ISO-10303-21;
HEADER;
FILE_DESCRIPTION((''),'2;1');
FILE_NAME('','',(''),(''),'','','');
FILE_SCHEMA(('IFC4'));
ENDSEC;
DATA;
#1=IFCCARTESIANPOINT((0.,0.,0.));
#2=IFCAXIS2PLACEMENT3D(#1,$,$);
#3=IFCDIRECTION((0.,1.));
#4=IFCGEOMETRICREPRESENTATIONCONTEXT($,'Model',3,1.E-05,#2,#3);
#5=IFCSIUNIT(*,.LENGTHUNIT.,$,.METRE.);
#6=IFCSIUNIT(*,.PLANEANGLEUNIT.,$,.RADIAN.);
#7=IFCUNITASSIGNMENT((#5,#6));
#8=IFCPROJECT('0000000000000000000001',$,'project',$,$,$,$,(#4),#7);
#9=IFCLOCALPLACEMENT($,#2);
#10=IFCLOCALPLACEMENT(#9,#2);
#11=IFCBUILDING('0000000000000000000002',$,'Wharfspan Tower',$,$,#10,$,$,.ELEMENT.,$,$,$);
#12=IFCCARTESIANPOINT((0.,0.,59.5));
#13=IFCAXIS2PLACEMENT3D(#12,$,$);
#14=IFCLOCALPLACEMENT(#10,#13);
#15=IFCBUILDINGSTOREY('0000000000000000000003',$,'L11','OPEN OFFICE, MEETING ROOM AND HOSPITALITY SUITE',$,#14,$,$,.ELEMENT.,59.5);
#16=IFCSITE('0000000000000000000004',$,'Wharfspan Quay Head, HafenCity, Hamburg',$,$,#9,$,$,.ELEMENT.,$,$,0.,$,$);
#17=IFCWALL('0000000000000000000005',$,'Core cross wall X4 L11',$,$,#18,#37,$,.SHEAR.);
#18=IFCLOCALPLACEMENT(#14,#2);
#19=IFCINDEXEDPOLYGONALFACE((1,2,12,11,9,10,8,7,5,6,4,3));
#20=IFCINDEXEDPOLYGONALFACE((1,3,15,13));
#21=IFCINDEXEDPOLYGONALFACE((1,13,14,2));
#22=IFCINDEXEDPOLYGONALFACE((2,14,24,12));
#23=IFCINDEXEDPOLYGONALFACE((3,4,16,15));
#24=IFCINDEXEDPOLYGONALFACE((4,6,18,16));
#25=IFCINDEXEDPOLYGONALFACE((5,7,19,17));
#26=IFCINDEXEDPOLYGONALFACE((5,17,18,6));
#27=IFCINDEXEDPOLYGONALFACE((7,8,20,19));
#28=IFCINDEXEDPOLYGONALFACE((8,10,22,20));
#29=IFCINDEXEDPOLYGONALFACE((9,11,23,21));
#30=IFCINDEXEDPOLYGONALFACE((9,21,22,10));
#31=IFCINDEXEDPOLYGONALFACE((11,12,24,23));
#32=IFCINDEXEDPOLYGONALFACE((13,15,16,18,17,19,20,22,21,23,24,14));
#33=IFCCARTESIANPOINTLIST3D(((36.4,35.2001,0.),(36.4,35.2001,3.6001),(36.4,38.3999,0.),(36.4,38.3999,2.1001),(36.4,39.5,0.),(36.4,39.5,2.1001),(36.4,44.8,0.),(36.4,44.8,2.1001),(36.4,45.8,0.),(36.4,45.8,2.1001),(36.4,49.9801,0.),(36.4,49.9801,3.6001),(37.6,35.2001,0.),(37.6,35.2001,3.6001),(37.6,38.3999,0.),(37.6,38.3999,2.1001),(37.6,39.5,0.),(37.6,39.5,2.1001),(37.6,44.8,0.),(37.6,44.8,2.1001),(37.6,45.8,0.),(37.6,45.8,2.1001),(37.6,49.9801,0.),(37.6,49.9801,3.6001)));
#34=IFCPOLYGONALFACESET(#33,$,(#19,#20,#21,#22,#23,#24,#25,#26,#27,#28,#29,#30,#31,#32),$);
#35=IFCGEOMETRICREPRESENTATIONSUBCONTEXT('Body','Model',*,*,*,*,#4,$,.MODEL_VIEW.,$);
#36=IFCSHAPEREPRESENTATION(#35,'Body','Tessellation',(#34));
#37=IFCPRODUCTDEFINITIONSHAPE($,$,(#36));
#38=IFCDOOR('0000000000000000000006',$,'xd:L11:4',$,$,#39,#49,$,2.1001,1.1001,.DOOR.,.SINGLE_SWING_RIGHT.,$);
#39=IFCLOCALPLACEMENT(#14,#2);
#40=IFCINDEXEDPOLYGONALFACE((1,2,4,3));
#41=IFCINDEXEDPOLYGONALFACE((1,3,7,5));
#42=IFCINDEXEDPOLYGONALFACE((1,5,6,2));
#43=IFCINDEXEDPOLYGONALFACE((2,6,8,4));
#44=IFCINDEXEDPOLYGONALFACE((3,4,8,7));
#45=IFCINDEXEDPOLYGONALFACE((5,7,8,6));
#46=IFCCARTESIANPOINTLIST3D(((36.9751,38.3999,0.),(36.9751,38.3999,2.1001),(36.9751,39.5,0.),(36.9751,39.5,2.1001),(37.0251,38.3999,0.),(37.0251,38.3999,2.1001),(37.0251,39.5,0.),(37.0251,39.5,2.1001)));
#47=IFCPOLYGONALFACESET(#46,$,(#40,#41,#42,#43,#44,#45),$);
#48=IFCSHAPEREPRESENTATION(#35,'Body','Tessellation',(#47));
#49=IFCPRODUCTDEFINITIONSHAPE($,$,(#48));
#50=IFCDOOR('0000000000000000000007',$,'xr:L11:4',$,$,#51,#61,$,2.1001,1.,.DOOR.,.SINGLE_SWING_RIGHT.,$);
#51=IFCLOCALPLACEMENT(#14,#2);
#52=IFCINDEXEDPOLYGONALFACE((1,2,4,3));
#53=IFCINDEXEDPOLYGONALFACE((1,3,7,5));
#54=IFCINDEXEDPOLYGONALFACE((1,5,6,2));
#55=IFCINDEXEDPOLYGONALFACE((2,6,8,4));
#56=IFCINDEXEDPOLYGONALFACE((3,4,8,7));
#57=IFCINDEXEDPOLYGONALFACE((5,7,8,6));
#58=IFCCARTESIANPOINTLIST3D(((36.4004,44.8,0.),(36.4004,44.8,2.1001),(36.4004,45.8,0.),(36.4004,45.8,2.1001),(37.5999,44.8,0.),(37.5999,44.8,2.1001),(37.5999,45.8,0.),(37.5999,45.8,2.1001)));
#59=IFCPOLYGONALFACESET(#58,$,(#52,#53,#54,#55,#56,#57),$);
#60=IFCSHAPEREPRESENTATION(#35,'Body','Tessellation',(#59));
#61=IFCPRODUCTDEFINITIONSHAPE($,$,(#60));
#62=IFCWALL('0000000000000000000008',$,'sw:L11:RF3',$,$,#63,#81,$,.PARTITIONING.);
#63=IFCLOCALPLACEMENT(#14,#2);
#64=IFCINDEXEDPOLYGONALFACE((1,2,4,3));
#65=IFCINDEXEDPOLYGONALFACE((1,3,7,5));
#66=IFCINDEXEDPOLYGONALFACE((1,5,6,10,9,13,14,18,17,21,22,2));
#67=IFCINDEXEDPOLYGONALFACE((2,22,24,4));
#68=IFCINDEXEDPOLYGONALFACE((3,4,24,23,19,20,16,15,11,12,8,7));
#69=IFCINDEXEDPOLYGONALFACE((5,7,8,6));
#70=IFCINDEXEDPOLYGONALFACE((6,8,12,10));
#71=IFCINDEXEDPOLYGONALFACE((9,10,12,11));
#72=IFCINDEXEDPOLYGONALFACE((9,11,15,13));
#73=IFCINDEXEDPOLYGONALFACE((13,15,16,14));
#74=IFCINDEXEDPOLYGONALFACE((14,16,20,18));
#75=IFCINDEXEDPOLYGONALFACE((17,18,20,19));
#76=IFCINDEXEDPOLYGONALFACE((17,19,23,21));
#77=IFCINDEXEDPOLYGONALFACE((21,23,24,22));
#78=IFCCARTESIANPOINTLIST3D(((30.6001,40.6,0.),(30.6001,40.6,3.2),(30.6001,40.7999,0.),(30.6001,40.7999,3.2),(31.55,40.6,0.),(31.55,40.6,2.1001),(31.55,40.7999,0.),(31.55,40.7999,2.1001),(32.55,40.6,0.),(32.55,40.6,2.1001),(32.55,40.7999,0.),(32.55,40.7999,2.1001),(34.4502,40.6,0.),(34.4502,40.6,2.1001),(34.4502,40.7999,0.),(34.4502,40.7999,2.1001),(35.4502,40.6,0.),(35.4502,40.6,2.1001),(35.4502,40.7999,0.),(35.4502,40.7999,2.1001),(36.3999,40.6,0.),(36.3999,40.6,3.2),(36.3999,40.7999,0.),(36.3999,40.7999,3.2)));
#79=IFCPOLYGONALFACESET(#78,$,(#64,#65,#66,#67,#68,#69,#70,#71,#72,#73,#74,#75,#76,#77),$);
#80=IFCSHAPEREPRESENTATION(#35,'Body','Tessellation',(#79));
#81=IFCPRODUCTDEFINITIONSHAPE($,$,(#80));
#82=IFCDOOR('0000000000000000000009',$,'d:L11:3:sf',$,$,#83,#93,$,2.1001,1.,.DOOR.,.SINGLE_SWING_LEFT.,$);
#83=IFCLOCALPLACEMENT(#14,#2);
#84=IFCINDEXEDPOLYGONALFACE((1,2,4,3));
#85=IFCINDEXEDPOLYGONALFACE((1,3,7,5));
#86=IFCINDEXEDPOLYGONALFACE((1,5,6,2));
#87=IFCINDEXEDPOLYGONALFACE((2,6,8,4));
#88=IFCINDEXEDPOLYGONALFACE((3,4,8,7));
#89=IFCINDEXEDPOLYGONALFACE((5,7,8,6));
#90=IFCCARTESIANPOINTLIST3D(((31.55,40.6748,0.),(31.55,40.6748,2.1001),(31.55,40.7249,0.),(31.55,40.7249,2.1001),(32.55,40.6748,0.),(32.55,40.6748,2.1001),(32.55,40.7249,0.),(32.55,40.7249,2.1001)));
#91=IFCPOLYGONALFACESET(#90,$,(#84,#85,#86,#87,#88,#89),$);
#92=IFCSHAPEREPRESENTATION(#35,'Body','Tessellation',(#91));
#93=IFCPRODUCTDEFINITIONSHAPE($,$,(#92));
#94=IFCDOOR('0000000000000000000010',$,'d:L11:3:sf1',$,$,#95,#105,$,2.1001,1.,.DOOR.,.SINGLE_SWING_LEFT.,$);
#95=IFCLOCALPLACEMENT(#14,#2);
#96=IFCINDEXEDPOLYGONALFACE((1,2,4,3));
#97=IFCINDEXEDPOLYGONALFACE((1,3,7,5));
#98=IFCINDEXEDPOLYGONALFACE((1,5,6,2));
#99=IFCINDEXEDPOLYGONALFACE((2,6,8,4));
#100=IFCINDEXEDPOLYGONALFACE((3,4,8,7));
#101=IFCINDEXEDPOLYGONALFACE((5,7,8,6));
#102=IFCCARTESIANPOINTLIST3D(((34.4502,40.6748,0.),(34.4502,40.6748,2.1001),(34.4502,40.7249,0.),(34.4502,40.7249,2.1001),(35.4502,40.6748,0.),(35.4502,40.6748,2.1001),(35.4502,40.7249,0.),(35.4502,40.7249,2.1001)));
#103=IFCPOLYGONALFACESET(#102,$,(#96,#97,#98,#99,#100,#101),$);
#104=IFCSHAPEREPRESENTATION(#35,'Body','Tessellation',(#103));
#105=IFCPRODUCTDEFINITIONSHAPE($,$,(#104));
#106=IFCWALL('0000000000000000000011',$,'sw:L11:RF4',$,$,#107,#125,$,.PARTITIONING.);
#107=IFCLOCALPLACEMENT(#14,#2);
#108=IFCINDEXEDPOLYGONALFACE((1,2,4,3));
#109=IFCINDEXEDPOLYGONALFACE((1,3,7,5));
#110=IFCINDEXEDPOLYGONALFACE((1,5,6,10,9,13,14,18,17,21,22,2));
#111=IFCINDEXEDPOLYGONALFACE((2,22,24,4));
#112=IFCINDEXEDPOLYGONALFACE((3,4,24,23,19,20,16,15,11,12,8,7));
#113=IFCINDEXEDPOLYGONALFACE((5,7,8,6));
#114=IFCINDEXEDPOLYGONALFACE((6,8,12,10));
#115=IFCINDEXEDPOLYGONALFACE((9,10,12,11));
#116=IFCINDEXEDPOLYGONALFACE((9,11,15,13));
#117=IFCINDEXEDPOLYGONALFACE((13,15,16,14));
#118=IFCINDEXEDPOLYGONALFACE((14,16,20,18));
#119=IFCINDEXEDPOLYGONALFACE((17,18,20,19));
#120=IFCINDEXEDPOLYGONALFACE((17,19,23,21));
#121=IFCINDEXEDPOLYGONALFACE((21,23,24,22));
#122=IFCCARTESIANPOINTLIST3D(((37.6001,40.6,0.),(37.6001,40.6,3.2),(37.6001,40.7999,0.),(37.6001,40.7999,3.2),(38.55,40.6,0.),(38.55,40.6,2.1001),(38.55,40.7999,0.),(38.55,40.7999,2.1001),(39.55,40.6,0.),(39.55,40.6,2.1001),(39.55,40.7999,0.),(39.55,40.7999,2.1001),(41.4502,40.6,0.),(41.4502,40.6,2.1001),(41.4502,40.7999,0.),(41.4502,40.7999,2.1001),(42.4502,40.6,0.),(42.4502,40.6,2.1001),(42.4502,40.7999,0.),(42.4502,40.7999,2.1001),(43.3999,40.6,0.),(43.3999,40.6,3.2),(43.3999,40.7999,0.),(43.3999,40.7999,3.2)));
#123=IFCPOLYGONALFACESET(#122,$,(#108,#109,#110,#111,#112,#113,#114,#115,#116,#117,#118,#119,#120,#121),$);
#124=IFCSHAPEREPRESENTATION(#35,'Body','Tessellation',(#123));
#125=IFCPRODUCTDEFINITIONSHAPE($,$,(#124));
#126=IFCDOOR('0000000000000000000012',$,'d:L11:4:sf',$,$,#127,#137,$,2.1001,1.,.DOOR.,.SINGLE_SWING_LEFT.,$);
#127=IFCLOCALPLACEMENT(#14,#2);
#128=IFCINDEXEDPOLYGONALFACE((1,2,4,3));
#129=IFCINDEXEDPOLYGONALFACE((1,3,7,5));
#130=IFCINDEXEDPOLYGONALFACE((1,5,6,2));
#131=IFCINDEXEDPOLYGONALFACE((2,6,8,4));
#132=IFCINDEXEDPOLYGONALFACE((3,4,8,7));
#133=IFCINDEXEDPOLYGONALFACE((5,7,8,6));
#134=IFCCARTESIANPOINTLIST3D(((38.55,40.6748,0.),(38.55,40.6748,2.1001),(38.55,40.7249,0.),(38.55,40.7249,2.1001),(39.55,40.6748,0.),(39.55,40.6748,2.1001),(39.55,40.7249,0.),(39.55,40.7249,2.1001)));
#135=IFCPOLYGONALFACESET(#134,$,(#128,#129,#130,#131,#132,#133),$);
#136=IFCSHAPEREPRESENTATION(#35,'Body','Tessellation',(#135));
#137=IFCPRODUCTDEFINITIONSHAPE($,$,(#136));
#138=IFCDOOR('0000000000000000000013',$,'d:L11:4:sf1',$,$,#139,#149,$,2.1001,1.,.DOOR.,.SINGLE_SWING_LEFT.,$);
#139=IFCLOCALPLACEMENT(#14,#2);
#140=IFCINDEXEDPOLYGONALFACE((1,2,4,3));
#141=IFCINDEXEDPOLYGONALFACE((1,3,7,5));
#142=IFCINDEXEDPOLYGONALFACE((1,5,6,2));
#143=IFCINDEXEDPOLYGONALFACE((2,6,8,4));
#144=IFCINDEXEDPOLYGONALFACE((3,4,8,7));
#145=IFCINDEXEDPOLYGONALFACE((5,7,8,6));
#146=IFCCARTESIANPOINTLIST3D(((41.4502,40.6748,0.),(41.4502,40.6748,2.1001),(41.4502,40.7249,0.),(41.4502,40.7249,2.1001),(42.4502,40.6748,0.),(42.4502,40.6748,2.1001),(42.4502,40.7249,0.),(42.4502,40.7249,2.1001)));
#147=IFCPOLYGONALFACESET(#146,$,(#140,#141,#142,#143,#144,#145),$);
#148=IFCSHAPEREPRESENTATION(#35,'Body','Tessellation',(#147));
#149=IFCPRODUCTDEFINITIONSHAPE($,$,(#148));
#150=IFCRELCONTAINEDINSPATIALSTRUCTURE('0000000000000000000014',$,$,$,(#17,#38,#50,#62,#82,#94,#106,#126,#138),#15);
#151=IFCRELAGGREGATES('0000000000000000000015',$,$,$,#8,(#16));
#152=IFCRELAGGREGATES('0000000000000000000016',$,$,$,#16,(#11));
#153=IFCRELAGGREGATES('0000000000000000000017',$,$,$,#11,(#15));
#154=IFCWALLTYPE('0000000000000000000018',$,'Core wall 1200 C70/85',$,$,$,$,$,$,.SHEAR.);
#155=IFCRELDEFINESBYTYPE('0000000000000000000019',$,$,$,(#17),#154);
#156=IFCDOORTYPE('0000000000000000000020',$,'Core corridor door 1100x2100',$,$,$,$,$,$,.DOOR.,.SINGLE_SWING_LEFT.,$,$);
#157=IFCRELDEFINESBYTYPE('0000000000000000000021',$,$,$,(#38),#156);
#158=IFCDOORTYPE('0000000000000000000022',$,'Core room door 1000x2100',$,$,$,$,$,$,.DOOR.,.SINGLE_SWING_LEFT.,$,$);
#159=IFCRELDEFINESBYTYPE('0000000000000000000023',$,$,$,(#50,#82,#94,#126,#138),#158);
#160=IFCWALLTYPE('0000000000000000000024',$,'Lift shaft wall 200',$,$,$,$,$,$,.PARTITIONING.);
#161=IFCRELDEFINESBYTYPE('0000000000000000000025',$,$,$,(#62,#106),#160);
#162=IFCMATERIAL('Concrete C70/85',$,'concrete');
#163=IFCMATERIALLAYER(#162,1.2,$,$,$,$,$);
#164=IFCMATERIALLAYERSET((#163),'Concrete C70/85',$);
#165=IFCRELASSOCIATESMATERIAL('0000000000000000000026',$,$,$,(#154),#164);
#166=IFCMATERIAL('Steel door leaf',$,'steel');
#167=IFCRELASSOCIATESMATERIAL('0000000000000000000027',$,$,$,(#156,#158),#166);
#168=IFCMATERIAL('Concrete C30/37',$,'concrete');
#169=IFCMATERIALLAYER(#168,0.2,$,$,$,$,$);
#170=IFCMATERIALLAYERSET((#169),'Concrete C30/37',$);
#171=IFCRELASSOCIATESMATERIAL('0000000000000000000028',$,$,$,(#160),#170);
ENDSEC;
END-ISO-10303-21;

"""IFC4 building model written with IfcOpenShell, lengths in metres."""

from ifc_helpers import new_model, si_unit, direction, frame, frame_2d, origin, place, context, subcontext, project, spatial, rectangle, extrude, material, layer, layer_set, type_object, element, fill, save


model = new_model("IFC4")

# Units and contexts
model_context = context("Model", 3, precision=1e-05, world=origin(), true_north=direction((0.0, 1.0)))
body_context = subcontext(model_context, "Body", "Model", "MODEL_VIEW")
ifc_project = project(units=[si_unit("LENGTHUNIT", "METRE"), si_unit("PLANEANGLEUNIT", "RADIAN")], contexts=[model_context])

# Site, building, storey
site_placement = place(None, origin())
site = spatial("IfcSite", under=ifc_project, at=site_placement, Name="Wharfspan Quay Head, HafenCity, Hamburg", CompositionType="ELEMENT", RefElevation=0.0)
building_placement = place(site_placement, origin())
building = spatial("IfcBuilding", under=site, at=building_placement, Name="Wharfspan Tower", CompositionType="ELEMENT")
storey_placement = place(building_placement, frame((0.0, 0.0, 59.5)))
storey = spatial("IfcBuildingStorey", under=building, at=storey_placement, Name="L11", Description="OPEN OFFICE, MEETING ROOM AND HOSPITALITY SUITE", CompositionType="ELEMENT", Elevation=59.5)

# Walls, openings, doors
ifc_material_1 = material(Name="Concrete C70/85", Category="concrete")
ifc_layer_1 = layer(ifc_material_1, 1.2)
ifc_layer_set_1 = layer_set([ifc_layer_1], Name="Concrete C70/85")
wall_type_1 = type_object("IfcWallType", Name="Core wall 1200 C70/85", PredefinedType="SHEAR", material=ifc_layer_set_1)
wall_1_placement = place(storey_placement, frame((37.0, 35.2, 0.0), z_axis=(0.0, 0.0, 1.0), x_axis=(0.0, 1.0, 0.0)))
wall_1 = element("IfcWall", 1, at=wall_1_placement, inside=storey, type_object=wall_type_1, Name="Core cross wall X4 L11", PredefinedType="SHEAR", context=body_context, shape_type="SweptSolid", body=[
    extrude(rectangle(XDim=14.78, YDim=1.2, at=frame_2d((7.3901, 0.0))), origin(), (0.0, 0.0, 1.0), 3.6001),
])
opening_1_placement = place(wall_1_placement, frame((3.2, 0.0, 0.0)))
opening_1 = element("IfcOpeningElement", 2, at=opening_1_placement, cuts=wall_1, PredefinedType="OPENING", context=body_context, shape_type="SweptSolid", body=[
    extrude(rectangle(XDim=1.1001, YDim=2.1001, at=frame_2d((0.55, 1.05))), frame((0.0, 0.6099, 0.0), z_axis=(0.0, -1.0, 0.0), x_axis=(1.0, 0.0, 0.0)), (0.0, 0.0, 1.0), 1.22),
])
opening_2_placement = place(wall_1_placement, frame((9.6001, 0.0, 0.0)))
opening_2 = element("IfcOpeningElement", 3, at=opening_2_placement, cuts=wall_1, PredefinedType="OPENING", context=body_context, shape_type="SweptSolid", body=[
    extrude(rectangle(XDim=1.0, YDim=2.1001, at=frame_2d((0.5, 1.05))), frame((0.0, 0.6099, 0.0), z_axis=(0.0, -1.0, 0.0), x_axis=(1.0, 0.0, 0.0)), (0.0, 0.0, 1.0), 1.22),
])
ifc_material_2 = material(Name="Steel door leaf", Category="steel")
door_type_1 = type_object("IfcDoorType", Name="Core corridor door 1100x2100", OperationType="SINGLE_SWING_LEFT", PredefinedType="DOOR", material=ifc_material_2)
door_1_placement = place(opening_1_placement, origin())
door_1 = element("IfcDoor", 4, at=door_1_placement, inside=storey, type_object=door_type_1, Name="xd:L11:4", OperationType="SINGLE_SWING_RIGHT", OverallHeight=2.1001, OverallWidth=1.1001, PredefinedType="DOOR", context=body_context, shape_type="SweptSolid", body=[
    extrude(rectangle(XDim=1.1001, YDim=2.1001, at=frame_2d((0.55, 1.05))), frame((0.0, 0.0249, 0.0), z_axis=(0.0, -1.0, 0.0), x_axis=(1.0, 0.0, 0.0)), (0.0, 0.0, 1.0), 0.05),
])
fill(opening_1, door_1)
door_type_2 = type_object("IfcDoorType", Name="Core room door 1000x2100", OperationType="SINGLE_SWING_LEFT", PredefinedType="DOOR", material=ifc_material_2)
door_2_placement = place(opening_2_placement, origin())
door_2 = element("IfcDoor", 5, at=door_2_placement, inside=storey, type_object=door_type_2, Name="xr:L11:4", OperationType="SINGLE_SWING_RIGHT", OverallHeight=2.1001, OverallWidth=1.0, PredefinedType="DOOR", context=body_context, shape_type="SweptSolid", body=[
    extrude(rectangle(XDim=1.0, YDim=2.1001, at=frame_2d((0.5, 1.05))), frame((0.0, 0.5996, 0.0), z_axis=(0.0, -1.0, 0.0), x_axis=(1.0, 0.0, 0.0)), (0.0, 0.0, 1.0), 1.1995),
])
fill(opening_2, door_2)
ifc_material_3 = material(Name="Concrete C30/37", Category="concrete")
ifc_layer_2 = layer(ifc_material_3, 0.2)
ifc_layer_set_2 = layer_set([ifc_layer_2], Name="Concrete C30/37")
wall_type_2 = type_object("IfcWallType", Name="Lift shaft wall 200", PredefinedType="PARTITIONING", material=ifc_layer_set_2)
wall_2_placement = place(storey_placement, frame((30.6001, 40.7, 0.0), z_axis=(0.0, 0.0, 1.0), x_axis=(1.0, 0.0, 0.0)))
wall_2 = element("IfcWall", 6, at=wall_2_placement, inside=storey, type_object=wall_type_2, Name="sw:L11:RF3", PredefinedType="PARTITIONING", context=body_context, shape_type="SweptSolid", body=[
    extrude(rectangle(XDim=5.7998, YDim=0.2, at=frame_2d((2.8999, 0.0))), origin(), (0.0, 0.0, 1.0), 3.2),
])
opening_3_placement = place(wall_2_placement, frame((0.95, 0.0, 0.0)))
opening_3 = element("IfcOpeningElement", 7, at=opening_3_placement, cuts=wall_2, PredefinedType="OPENING", context=body_context, shape_type="SweptSolid", body=[
    extrude(rectangle(XDim=1.0, YDim=2.1001, at=frame_2d((0.5, 1.05))), frame((0.0, 0.1099, 0.0), z_axis=(0.0, -1.0, 0.0), x_axis=(1.0, 0.0, 0.0)), (0.0, 0.0, 1.0), 0.22),
])
opening_4_placement = place(wall_2_placement, frame((3.8501, 0.0, 0.0)))
opening_4 = element("IfcOpeningElement", 8, at=opening_4_placement, cuts=wall_2, PredefinedType="OPENING", context=body_context, shape_type="SweptSolid", body=[
    extrude(rectangle(XDim=1.0, YDim=2.1001, at=frame_2d((0.5, 1.05))), frame((0.0, 0.1099, 0.0), z_axis=(0.0, -1.0, 0.0), x_axis=(1.0, 0.0, 0.0)), (0.0, 0.0, 1.0), 0.22),
])
door_3_placement = place(opening_3_placement, origin())
door_3 = element("IfcDoor", 9, at=door_3_placement, inside=storey, type_object=door_type_2, Name="d:L11:3:sf", OperationType="SINGLE_SWING_LEFT", OverallHeight=2.1001, OverallWidth=1.0, PredefinedType="DOOR", context=body_context, shape_type="SweptSolid", body=[
    extrude(rectangle(XDim=1.0, YDim=2.1001, at=frame_2d((0.5, 1.05))), frame((0.0, 0.0249, 0.0), z_axis=(0.0, -1.0, 0.0), x_axis=(1.0, 0.0, 0.0)), (0.0, 0.0, 1.0), 0.05),
])
fill(opening_3, door_3)
door_4_placement = place(opening_4_placement, origin())
door_4 = element("IfcDoor", 10, at=door_4_placement, inside=storey, type_object=door_type_2, Name="d:L11:3:sf1", OperationType="SINGLE_SWING_LEFT", OverallHeight=2.1001, OverallWidth=1.0, PredefinedType="DOOR", context=body_context, shape_type="SweptSolid", body=[
    extrude(rectangle(XDim=1.0, YDim=2.1001, at=frame_2d((0.5, 1.05))), frame((0.0, 0.0249, 0.0), z_axis=(0.0, -1.0, 0.0), x_axis=(1.0, 0.0, 0.0)), (0.0, 0.0, 1.0), 0.05),
])
fill(opening_4, door_4)
wall_3_placement = place(storey_placement, frame((37.6001, 40.7, 0.0), z_axis=(0.0, 0.0, 1.0), x_axis=(1.0, 0.0, 0.0)))
wall_3 = element("IfcWall", 11, at=wall_3_placement, inside=storey, type_object=wall_type_2, Name="sw:L11:RF4", PredefinedType="PARTITIONING", context=body_context, shape_type="SweptSolid", body=[
    extrude(rectangle(XDim=5.7998, YDim=0.2, at=frame_2d((2.8999, 0.0))), origin(), (0.0, 0.0, 1.0), 3.2),
])
opening_5_placement = place(wall_3_placement, frame((0.95, 0.0, 0.0)))
opening_5 = element("IfcOpeningElement", 12, at=opening_5_placement, cuts=wall_3, PredefinedType="OPENING", context=body_context, shape_type="SweptSolid", body=[
    extrude(rectangle(XDim=1.0, YDim=2.1001, at=frame_2d((0.5, 1.05))), frame((0.0, 0.1099, 0.0), z_axis=(0.0, -1.0, 0.0), x_axis=(1.0, 0.0, 0.0)), (0.0, 0.0, 1.0), 0.22),
])
opening_6_placement = place(wall_3_placement, frame((3.8501, 0.0, 0.0)))
opening_6 = element("IfcOpeningElement", 13, at=opening_6_placement, cuts=wall_3, PredefinedType="OPENING", context=body_context, shape_type="SweptSolid", body=[
    extrude(rectangle(XDim=1.0, YDim=2.1001, at=frame_2d((0.5, 1.05))), frame((0.0, 0.1099, 0.0), z_axis=(0.0, -1.0, 0.0), x_axis=(1.0, 0.0, 0.0)), (0.0, 0.0, 1.0), 0.22),
])
door_5_placement = place(opening_5_placement, origin())
door_5 = element("IfcDoor", 14, at=door_5_placement, inside=storey, type_object=door_type_2, Name="d:L11:4:sf", OperationType="SINGLE_SWING_LEFT", OverallHeight=2.1001, OverallWidth=1.0, PredefinedType="DOOR", context=body_context, shape_type="SweptSolid", body=[
    extrude(rectangle(XDim=1.0, YDim=2.1001, at=frame_2d((0.5, 1.05))), frame((0.0, 0.0249, 0.0), z_axis=(0.0, -1.0, 0.0), x_axis=(1.0, 0.0, 0.0)), (0.0, 0.0, 1.0), 0.05),
])
fill(opening_5, door_5)
door_6_placement = place(opening_6_placement, origin())
door_6 = element("IfcDoor", 15, at=door_6_placement, inside=storey, type_object=door_type_2, Name="d:L11:4:sf1", OperationType="SINGLE_SWING_LEFT", OverallHeight=2.1001, OverallWidth=1.0, PredefinedType="DOOR", context=body_context, shape_type="SweptSolid", body=[
    extrude(rectangle(XDim=1.0, YDim=2.1001, at=frame_2d((0.5, 1.05))), frame((0.0, 0.0249, 0.0), z_axis=(0.0, -1.0, 0.0), x_axis=(1.0, 0.0, 0.0)), (0.0, 0.0, 1.0), 0.05),
])
fill(opening_6, door_6)

save(model, "model.ifc")
